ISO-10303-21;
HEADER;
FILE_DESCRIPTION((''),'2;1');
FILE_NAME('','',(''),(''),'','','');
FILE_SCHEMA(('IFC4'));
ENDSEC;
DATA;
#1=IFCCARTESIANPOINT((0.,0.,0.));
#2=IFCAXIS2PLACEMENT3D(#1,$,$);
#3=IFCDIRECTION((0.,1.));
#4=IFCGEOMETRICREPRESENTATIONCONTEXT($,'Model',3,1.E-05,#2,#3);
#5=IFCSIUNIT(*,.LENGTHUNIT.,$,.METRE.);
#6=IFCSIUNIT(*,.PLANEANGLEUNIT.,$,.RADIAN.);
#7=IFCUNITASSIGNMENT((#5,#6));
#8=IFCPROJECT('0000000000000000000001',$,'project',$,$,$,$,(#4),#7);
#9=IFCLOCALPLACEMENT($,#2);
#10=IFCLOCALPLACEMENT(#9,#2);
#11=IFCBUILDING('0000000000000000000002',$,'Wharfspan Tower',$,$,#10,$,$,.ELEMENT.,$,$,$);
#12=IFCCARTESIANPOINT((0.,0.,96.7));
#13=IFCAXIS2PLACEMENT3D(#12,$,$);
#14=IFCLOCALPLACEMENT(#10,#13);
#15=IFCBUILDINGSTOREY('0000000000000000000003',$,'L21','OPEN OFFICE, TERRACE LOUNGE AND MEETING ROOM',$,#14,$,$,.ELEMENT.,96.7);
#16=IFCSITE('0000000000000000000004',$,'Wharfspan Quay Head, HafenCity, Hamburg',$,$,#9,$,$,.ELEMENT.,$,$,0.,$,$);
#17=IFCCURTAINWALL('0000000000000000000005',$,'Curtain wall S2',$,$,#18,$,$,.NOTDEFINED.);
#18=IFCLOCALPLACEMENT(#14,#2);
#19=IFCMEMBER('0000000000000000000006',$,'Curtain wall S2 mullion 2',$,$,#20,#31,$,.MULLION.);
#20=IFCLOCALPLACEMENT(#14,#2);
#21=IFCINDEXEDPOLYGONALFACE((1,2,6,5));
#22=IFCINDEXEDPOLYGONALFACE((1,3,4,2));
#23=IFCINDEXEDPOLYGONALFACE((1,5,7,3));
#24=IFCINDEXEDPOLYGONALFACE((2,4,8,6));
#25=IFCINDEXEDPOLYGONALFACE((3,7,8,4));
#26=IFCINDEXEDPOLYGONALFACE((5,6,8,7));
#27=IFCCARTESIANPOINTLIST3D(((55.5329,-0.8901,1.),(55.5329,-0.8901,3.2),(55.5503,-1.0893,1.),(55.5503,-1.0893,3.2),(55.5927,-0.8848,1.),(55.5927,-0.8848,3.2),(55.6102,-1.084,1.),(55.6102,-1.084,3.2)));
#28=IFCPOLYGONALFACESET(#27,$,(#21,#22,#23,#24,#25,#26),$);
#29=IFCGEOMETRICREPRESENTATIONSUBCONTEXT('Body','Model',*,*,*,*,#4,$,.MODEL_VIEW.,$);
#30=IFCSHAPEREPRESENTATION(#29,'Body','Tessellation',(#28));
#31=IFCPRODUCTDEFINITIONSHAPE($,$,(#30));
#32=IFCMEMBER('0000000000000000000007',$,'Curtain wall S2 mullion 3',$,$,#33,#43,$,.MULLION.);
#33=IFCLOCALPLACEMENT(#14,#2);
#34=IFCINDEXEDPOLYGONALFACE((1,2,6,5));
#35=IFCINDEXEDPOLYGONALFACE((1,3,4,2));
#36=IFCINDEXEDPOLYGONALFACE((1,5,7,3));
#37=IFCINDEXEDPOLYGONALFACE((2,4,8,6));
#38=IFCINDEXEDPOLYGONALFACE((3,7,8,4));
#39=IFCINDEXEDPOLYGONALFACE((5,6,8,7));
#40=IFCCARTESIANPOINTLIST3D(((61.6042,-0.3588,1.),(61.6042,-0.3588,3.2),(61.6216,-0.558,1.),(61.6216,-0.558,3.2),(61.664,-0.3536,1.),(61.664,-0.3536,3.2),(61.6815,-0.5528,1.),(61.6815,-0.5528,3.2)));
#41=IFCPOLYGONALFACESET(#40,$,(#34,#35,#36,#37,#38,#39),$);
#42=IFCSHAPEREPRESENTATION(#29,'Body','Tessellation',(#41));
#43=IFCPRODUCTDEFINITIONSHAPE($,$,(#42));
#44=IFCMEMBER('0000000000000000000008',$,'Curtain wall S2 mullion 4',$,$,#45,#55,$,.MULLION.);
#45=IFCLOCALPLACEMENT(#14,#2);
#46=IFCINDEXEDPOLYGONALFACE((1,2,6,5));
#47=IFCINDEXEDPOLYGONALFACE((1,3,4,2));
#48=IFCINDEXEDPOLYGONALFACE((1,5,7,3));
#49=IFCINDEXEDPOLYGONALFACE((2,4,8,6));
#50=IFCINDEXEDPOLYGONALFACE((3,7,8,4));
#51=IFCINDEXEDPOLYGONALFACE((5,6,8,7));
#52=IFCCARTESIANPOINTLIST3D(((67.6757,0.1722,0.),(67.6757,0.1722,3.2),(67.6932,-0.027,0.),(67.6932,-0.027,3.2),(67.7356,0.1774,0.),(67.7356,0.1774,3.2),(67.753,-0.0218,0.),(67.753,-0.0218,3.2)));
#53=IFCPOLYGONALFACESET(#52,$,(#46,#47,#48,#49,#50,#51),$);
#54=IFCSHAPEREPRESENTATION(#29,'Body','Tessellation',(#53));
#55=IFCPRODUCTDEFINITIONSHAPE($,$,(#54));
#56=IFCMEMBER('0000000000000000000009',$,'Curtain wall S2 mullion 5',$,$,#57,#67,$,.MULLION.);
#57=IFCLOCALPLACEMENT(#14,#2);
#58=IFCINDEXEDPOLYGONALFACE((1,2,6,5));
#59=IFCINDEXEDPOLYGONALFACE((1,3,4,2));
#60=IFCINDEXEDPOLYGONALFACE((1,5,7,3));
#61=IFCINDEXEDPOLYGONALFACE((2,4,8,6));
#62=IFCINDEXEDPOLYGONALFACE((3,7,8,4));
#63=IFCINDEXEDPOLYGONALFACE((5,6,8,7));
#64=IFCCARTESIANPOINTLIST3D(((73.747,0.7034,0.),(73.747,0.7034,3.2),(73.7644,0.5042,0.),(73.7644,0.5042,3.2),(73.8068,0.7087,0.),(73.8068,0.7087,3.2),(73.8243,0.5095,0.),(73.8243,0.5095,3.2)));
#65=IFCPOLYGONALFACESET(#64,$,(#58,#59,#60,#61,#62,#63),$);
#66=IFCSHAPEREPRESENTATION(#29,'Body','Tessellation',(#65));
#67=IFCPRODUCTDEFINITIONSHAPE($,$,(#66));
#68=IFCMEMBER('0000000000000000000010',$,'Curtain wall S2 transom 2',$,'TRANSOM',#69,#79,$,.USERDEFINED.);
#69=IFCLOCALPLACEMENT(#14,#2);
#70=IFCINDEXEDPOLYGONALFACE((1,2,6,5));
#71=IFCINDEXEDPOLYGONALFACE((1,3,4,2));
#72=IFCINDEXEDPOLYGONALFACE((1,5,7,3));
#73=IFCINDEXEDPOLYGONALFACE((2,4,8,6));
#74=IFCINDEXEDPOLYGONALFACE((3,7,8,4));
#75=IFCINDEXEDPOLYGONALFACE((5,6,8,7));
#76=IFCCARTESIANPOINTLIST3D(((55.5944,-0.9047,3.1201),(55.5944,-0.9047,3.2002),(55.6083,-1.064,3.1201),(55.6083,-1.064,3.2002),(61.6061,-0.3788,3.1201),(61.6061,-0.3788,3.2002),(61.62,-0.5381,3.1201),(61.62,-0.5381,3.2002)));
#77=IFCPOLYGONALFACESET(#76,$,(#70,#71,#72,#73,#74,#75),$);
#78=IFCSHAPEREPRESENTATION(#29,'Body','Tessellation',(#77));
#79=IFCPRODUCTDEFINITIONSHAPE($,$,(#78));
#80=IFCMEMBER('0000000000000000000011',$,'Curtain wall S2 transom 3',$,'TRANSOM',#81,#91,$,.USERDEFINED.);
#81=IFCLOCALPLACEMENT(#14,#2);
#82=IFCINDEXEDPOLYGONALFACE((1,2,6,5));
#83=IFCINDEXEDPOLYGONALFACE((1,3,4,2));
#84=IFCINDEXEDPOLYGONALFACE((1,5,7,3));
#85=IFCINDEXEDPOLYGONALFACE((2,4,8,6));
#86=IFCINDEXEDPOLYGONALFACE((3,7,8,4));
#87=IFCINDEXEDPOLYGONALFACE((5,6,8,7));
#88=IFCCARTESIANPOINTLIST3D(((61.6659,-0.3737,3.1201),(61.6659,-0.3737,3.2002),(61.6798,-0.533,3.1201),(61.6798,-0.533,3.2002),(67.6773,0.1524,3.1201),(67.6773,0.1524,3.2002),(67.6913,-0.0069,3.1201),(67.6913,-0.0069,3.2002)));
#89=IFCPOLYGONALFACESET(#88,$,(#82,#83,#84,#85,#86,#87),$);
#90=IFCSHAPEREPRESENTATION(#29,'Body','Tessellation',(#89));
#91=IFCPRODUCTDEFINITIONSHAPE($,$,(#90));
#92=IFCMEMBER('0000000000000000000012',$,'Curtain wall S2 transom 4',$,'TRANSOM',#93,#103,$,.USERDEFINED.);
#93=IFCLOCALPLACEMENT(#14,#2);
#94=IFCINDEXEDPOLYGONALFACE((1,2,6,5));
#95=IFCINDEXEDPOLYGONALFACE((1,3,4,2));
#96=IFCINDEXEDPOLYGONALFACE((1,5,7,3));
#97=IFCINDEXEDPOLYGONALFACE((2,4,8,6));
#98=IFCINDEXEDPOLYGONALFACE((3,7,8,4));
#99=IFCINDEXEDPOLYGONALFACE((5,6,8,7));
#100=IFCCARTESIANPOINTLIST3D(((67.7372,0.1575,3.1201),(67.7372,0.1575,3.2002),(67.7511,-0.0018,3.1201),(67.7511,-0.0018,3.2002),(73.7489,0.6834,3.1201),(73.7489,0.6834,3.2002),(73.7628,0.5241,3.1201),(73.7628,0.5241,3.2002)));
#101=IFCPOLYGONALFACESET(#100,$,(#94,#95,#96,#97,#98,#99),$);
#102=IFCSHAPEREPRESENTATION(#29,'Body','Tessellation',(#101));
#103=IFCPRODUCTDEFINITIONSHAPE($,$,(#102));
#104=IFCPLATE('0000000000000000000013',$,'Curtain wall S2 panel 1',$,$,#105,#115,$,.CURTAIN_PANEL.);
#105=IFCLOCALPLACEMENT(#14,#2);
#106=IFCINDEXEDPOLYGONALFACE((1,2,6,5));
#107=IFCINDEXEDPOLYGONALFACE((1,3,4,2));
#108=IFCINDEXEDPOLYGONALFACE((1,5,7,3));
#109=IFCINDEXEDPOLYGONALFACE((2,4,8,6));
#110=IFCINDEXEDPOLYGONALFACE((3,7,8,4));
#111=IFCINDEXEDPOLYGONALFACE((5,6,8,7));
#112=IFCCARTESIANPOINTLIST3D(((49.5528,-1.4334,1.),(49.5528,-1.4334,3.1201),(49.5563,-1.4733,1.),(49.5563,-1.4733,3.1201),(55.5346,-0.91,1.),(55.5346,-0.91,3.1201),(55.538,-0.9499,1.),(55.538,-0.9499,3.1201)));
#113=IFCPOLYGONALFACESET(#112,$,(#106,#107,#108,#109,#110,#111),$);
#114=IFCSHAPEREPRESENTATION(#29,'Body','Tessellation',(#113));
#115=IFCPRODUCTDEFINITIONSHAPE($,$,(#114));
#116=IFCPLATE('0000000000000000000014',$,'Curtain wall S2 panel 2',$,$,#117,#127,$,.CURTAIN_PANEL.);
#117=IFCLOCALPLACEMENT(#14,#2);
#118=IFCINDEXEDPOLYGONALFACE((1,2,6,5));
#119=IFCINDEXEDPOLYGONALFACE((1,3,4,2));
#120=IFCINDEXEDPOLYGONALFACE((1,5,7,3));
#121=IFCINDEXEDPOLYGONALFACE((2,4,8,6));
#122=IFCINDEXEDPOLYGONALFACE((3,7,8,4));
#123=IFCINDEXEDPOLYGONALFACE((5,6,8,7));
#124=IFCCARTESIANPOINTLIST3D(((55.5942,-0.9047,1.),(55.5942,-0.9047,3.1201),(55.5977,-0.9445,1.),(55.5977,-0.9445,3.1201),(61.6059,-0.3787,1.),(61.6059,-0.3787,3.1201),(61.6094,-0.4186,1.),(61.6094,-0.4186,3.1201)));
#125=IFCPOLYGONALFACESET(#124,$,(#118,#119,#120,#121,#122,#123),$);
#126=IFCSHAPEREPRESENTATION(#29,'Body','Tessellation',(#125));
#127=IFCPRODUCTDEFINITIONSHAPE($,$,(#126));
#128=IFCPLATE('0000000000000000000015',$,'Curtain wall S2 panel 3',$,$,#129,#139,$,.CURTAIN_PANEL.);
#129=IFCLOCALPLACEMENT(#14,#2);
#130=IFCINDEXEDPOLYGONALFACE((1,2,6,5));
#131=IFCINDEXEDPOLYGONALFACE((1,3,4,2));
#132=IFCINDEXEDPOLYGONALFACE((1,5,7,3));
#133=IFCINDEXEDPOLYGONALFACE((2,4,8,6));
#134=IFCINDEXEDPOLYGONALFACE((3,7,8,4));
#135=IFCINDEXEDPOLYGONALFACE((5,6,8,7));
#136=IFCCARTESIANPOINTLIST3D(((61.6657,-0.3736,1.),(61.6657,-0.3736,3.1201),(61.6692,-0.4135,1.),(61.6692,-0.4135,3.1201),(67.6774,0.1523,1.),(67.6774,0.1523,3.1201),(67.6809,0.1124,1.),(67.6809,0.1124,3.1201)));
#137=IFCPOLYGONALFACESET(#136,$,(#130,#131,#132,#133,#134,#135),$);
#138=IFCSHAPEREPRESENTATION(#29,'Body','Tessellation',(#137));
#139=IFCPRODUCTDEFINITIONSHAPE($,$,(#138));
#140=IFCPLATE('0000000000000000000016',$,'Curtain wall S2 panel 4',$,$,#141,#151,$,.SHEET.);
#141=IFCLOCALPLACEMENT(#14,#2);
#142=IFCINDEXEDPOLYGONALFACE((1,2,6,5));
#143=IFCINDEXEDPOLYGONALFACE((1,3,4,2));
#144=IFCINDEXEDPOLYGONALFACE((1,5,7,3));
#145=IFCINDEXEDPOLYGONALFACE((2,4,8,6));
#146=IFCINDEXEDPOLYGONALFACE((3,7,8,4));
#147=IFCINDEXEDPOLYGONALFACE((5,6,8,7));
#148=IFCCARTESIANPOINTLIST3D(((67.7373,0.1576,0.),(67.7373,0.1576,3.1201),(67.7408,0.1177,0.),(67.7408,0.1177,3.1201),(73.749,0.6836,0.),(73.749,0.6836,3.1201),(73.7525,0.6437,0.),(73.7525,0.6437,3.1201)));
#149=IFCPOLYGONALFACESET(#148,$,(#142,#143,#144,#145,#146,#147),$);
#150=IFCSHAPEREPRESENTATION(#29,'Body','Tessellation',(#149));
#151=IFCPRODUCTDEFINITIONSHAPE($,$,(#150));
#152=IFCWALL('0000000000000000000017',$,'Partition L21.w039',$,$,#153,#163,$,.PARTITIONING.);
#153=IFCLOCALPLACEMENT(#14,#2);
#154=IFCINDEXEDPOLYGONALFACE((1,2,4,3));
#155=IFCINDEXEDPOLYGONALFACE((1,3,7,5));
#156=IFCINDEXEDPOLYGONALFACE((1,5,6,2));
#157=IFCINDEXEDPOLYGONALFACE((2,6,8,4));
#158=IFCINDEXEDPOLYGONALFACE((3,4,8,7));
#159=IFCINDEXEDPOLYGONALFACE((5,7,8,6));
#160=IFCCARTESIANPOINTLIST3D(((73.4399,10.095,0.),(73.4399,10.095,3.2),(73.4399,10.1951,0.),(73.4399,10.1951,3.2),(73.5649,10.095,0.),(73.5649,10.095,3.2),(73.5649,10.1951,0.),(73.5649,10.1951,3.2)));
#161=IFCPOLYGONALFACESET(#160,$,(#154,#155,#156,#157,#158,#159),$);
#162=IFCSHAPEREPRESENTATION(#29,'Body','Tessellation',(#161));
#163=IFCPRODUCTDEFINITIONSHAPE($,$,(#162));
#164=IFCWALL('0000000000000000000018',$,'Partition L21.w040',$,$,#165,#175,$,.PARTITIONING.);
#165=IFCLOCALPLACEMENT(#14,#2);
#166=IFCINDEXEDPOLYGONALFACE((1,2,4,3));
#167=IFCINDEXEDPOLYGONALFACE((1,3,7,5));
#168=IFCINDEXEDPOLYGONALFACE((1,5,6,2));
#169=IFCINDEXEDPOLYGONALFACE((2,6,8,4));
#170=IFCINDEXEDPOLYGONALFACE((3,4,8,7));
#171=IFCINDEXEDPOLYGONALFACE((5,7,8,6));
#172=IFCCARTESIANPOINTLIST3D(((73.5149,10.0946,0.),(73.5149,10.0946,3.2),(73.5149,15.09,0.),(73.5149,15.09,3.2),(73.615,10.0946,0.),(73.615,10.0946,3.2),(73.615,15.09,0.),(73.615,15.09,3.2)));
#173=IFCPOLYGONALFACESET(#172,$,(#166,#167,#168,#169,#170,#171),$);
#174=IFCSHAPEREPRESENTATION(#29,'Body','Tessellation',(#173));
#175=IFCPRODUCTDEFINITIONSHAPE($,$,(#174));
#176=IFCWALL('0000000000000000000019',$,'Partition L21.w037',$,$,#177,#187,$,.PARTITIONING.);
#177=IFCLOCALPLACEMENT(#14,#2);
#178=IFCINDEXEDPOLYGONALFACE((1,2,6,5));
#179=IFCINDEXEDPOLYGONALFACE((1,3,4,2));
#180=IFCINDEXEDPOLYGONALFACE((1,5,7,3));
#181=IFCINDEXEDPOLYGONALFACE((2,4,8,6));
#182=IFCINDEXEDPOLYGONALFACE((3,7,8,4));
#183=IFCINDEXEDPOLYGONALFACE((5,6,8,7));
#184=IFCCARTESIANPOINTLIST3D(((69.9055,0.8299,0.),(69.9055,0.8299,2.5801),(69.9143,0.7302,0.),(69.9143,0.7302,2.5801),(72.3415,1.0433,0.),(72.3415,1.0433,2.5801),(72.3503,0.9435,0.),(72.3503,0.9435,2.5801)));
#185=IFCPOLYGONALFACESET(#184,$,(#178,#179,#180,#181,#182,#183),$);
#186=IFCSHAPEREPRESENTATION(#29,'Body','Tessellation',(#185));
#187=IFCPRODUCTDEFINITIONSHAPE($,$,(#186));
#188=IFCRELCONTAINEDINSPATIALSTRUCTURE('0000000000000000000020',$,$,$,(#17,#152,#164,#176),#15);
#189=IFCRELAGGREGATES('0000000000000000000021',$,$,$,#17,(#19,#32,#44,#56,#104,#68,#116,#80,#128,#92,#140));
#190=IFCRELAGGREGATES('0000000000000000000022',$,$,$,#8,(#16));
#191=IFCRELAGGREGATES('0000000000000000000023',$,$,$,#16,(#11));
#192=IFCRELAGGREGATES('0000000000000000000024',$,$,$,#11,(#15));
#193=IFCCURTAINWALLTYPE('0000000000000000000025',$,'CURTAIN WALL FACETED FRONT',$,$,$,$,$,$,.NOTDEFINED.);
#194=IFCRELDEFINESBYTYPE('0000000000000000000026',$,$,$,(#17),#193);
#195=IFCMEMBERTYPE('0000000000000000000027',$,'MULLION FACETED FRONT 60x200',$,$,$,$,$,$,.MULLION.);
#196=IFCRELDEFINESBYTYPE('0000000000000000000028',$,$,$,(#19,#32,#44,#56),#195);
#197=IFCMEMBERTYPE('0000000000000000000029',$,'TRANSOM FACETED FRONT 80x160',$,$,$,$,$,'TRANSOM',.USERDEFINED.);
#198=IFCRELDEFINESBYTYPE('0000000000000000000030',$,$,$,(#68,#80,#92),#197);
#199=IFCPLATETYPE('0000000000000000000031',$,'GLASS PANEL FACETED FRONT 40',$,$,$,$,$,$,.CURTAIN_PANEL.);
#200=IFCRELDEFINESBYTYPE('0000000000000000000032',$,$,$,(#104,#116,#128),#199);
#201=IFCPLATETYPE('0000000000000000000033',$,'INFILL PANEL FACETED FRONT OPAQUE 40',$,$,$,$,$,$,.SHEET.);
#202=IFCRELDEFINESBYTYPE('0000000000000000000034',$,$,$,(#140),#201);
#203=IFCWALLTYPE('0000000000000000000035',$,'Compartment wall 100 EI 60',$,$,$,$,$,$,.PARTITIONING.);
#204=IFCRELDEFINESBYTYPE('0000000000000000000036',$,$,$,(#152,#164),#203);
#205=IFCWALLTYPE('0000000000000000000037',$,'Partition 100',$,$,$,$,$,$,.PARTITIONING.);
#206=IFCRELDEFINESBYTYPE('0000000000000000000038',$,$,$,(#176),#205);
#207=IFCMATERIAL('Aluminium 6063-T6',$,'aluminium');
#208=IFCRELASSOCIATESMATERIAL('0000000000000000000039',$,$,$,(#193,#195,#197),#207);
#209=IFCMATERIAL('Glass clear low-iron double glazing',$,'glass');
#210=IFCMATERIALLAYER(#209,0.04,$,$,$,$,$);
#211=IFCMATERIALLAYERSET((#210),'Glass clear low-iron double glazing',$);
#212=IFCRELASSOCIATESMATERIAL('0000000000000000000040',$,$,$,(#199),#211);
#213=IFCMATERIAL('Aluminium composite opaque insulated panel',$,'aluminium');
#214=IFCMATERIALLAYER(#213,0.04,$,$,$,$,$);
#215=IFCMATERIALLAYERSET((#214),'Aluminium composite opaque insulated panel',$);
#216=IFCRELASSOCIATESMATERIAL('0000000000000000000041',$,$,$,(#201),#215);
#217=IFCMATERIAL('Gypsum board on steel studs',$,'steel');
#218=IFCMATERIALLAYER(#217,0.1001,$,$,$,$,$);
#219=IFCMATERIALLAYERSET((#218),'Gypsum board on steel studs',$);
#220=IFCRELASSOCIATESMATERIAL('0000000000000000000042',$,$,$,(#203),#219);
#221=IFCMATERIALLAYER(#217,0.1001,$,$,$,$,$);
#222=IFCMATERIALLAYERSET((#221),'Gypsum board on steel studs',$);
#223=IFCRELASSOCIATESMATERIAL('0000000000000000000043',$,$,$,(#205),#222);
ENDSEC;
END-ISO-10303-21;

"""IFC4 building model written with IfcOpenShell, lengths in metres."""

from ifc_helpers import new_model, si_unit, direction, frame, frame_2d, origin, origin_2d, place, context, subcontext, project, spatial, rectangle, extrude, material, layer, layer_set, material_profile, profile_set, type_object, element, aggregate, save


model = new_model("IFC4")

# Units and contexts
model_context = context("Model", 3, precision=1e-05, world=origin(), true_north=direction((0.0, 1.0)))
body_context = subcontext(model_context, "Body", "Model", "MODEL_VIEW")
ifc_project = project(units=[si_unit("LENGTHUNIT", "METRE"), si_unit("PLANEANGLEUNIT", "RADIAN")], contexts=[model_context])

# Site, building, storey
site_placement = place(None, origin())
site = spatial("IfcSite", under=ifc_project, at=site_placement, Name="Wharfspan Quay Head, HafenCity, Hamburg", CompositionType="ELEMENT", RefElevation=0.0)
building_placement = place(site_placement, origin())
building = spatial("IfcBuilding", under=site, at=building_placement, Name="Wharfspan Tower", CompositionType="ELEMENT")
storey_placement = place(building_placement, frame((0.0, 0.0, 96.7)))
storey = spatial("IfcBuildingStorey", under=building, at=storey_placement, Name="L21", Description="OPEN OFFICE, TERRACE LOUNGE AND MEETING ROOM", CompositionType="ELEMENT", Elevation=96.7)

# Curtain wall, members, plates
ifc_material_1 = material(Name="Aluminium 6063-T6", Category="aluminium")
curtain_wall_type = type_object("IfcCurtainWallType", Name="CURTAIN WALL FACETED FRONT", PredefinedType="NOTDEFINED", material=ifc_material_1)
curtain_wall_placement = place(storey_placement, origin())
curtain_wall = element("IfcCurtainWall", 1, at=curtain_wall_placement, inside=storey, type_object=curtain_wall_type, Name="Curtain wall S2", PredefinedType="NOTDEFINED")
ifc_material_profile_1 = material_profile(ifc_material_1, rectangle(XDim=0.2, YDim=0.0601, at=origin_2d()))
ifc_profile_set_1 = profile_set([ifc_material_profile_1], Name="Aluminium 6063-T6")
member_type_1 = type_object("IfcMemberType", Name="MULLION FACETED FRONT 60x200", PredefinedType="MULLION", material=ifc_profile_set_1)
member_1_placement = place(storey_placement, frame((55.5715, -0.9871, 1.0), z_axis=(0.0, 0.0, 1.0), x_axis=(-0.087156, 0.996198, 0.0)))
member_1 = element("IfcMember", 2, at=member_1_placement, type_object=member_type_1, Name="Curtain wall S2 mullion 2", PredefinedType="MULLION", context=body_context, shape_type="SweptSolid", body=[
    extrude(rectangle(XDim=0.2, YDim=0.0601, at=origin_2d()), origin(), (0.0, 0.0, 1.0), 2.2),
])
member_2_placement = place(storey_placement, frame((61.6428, -0.4558, 1.0), z_axis=(0.0, 0.0, 1.0), x_axis=(-0.087156, 0.996198, 0.0)))
member_2 = element("IfcMember", 3, at=member_2_placement, type_object=member_type_1, Name="Curtain wall S2 mullion 3", PredefinedType="MULLION", context=body_context, shape_type="SweptSolid", body=[
    extrude(rectangle(XDim=0.2, YDim=0.0601, at=origin_2d()), origin(), (0.0, 0.0, 1.0), 2.2),
])
member_3_placement = place(storey_placement, frame((67.7144, 0.0752, 0.0), z_axis=(0.0, 0.0, 1.0), x_axis=(-0.087156, 0.996198, 0.0)))
member_3 = element("IfcMember", 4, at=member_3_placement, type_object=member_type_1, Name="Curtain wall S2 mullion 4", PredefinedType="MULLION", context=body_context, shape_type="SweptSolid", body=[
    extrude(rectangle(XDim=0.2, YDim=0.0601, at=origin_2d()), origin(), (0.0, 0.0, 1.0), 3.2),
])
member_4_placement = place(storey_placement, frame((73.7856, 0.6064, 0.0), z_axis=(0.0, 0.0, 1.0), x_axis=(-0.087156, 0.996198, 0.0)))
member_4 = element("IfcMember", 5, at=member_4_placement, type_object=member_type_1, Name="Curtain wall S2 mullion 5", PredefinedType="MULLION", context=body_context, shape_type="SweptSolid", body=[
    extrude(rectangle(XDim=0.2, YDim=0.0601, at=origin_2d()), origin(), (0.0, 0.0, 1.0), 3.2),
])
ifc_material_profile_2 = material_profile(ifc_material_1, rectangle(XDim=0.1599, YDim=0.0801, at=origin_2d()))
ifc_profile_set_2 = profile_set([ifc_material_profile_2], Name="Aluminium 6063-T6")
member_type_2 = type_object("IfcMemberType", Name="TRANSOM FACETED FRONT 80x160", ElementType="TRANSOM", PredefinedType="USERDEFINED", material=ifc_profile_set_2)
member_5_placement = place(storey_placement, frame((55.6013, -0.9844, 3.1602), z_axis=(0.996196, 0.087143, 0.0), x_axis=(-0.087143, 0.996196, 0.0)))
member_5 = element("IfcMember", 6, at=member_5_placement, type_object=member_type_2, Name="Curtain wall S2 transom 2", ObjectType="TRANSOM", PredefinedType="USERDEFINED", context=body_context, shape_type="SweptSolid", body=[
    extrude(rectangle(XDim=0.1599, YDim=0.0801, at=origin_2d()), origin(), (0.0, 0.0, 1.0), 6.0347),
])
member_6_placement = place(storey_placement, frame((61.6729, -0.4534, 3.1602), z_axis=(0.996192, 0.087187, 0.0), x_axis=(-0.087187, 0.996192, 0.0)))
member_6 = element("IfcMember", 7, at=member_6_placement, type_object=member_type_2, Name="Curtain wall S2 transom 3", ObjectType="TRANSOM", PredefinedType="USERDEFINED", context=body_context, shape_type="SweptSolid", body=[
    extrude(rectangle(XDim=0.1599, YDim=0.0801, at=origin_2d()), origin(), (0.0, 0.0, 1.0), 6.0344),
])
member_7_placement = place(storey_placement, frame((67.7441, 0.0779, 3.1602), z_axis=(0.996196, 0.087143, 0.0), x_axis=(-0.087143, 0.996196, 0.0)))
member_7 = element("IfcMember", 8, at=member_7_placement, type_object=member_type_2, Name="Curtain wall S2 transom 4", ObjectType="TRANSOM", PredefinedType="USERDEFINED", context=body_context, shape_type="SweptSolid", body=[
    extrude(rectangle(XDim=0.1599, YDim=0.0801, at=origin_2d()), origin(), (0.0, 0.0, 1.0), 6.0347),
])
ifc_material_2 = material(Name="Glass clear low-iron double glazing", Category="glass")
ifc_layer_1 = layer(ifc_material_2, 0.04)
ifc_layer_set_1 = layer_set([ifc_layer_1], Name="Glass clear low-iron double glazing")
plate_type_1 = type_object("IfcPlateType", Name="GLASS PANEL FACETED FRONT 40", PredefinedType="CURTAIN_PANEL", material=ifc_layer_set_1)
plate_1_placement = place(storey_placement, frame((52.5454, -1.1917, 1.0), z_axis=(0.0, 0.0, 1.0), x_axis=(0.996198, 0.087156, 0.0)))
plate_1 = element("IfcPlate", 9, at=plate_1_placement, type_object=plate_type_1, Name="Curtain wall S2 panel 1", PredefinedType="CURTAIN_PANEL", context=body_context, shape_type="SweptSolid", body=[
    extrude(rectangle(XDim=6.0046, YDim=0.04, at=origin_2d()), origin(), (0.0, 0.0, 1.0), 2.1201),
])
plate_2_placement = place(storey_placement, frame((58.6018, -0.6616, 1.0), z_axis=(0.0, 0.0, 1.0), x_axis=(0.996198, 0.087156, 0.0)))
plate_2 = element("IfcPlate", 10, at=plate_2_placement, type_object=plate_type_1, Name="Curtain wall S2 panel 2", PredefinedType="CURTAIN_PANEL", context=body_context, shape_type="SweptSolid", body=[
    extrude(rectangle(XDim=6.0347, YDim=0.04, at=origin_2d()), origin(), (0.0, 0.0, 1.0), 2.1201),
])
plate_3_placement = place(storey_placement, frame((64.6733, -0.1306, 1.0), z_axis=(0.0, 0.0, 1.0), x_axis=(0.996198, 0.087156, 0.0)))
plate_3 = element("IfcPlate", 11, at=plate_3_placement, type_object=plate_type_1, Name="Curtain wall S2 panel 3", PredefinedType="CURTAIN_PANEL", context=body_context, shape_type="SweptSolid", body=[
    extrude(rectangle(XDim=6.0347, YDim=0.04, at=origin_2d()), origin(), (0.0, 0.0, 1.0), 2.1201),
])
ifc_material_3 = material(Name="Aluminium composite opaque insulated panel", Category="aluminium")
ifc_layer_2 = layer(ifc_material_3, 0.04)
ifc_layer_set_2 = layer_set([ifc_layer_2], Name="Aluminium composite opaque insulated panel")
plate_type_2 = type_object("IfcPlateType", Name="INFILL PANEL FACETED FRONT OPAQUE 40", PredefinedType="SHEET", material=ifc_layer_set_2)
plate_4_placement = place(storey_placement, frame((70.7449, 0.4006, 0.0), z_axis=(0.0, 0.0, 1.0), x_axis=(0.996198, 0.087156, 0.0)))
plate_4 = element("IfcPlate", 12, at=plate_4_placement, type_object=plate_type_2, Name="Curtain wall S2 panel 4", PredefinedType="SHEET", context=body_context, shape_type="SweptSolid", body=[
    extrude(rectangle(XDim=6.0347, YDim=0.04, at=origin_2d()), origin(), (0.0, 0.0, 1.0), 3.1201),
])
aggregate(curtain_wall, [member_1, member_2, member_3, member_4, plate_1, member_5, plate_2, member_6, plate_3, member_7, plate_4])

# Walls
ifc_material_4 = material(Name="Gypsum board on steel studs", Category="steel")
ifc_layer_3 = layer(ifc_material_4, 0.1001)
ifc_layer_set_3 = layer_set([ifc_layer_3], Name="Gypsum board on steel studs")
wall_type_1 = type_object("IfcWallType", Name="Compartment wall 100 EI 60", PredefinedType="PARTITIONING", material=ifc_layer_set_3)
wall_1_placement = place(storey_placement, frame((73.4399, 10.145, 0.0), z_axis=(0.0, 0.0, 1.0), x_axis=(1.0, 0.0, 0.0)))
element("IfcWall", 13, at=wall_1_placement, inside=storey, type_object=wall_type_1, Name="Partition L21.w039", PredefinedType="PARTITIONING", context=body_context, shape_type="SweptSolid", body=[
    extrude(rectangle(XDim=0.125, YDim=0.1001, at=frame_2d((0.0625, 0.0))), origin(), (0.0, 0.0, 1.0), 3.2),
])
wall_2_placement = place(storey_placement, frame((73.5649, 10.0947, 0.0), z_axis=(0.0, 0.0, 1.0), x_axis=(0.0, 1.0, 0.0)))
element("IfcWall", 14, at=wall_2_placement, inside=storey, type_object=wall_type_1, Name="Partition L21.w040", PredefinedType="PARTITIONING", context=body_context, shape_type="SweptSolid", body=[
    extrude(rectangle(XDim=4.9954, YDim=0.1001, at=frame_2d((2.4976, 0.0))), origin(), (0.0, 0.0, 1.0), 3.2),
])
ifc_layer_4 = layer(ifc_material_4, 0.1001)
ifc_layer_set_4 = layer_set([ifc_layer_4], Name="Gypsum board on steel studs")
wall_type_2 = type_object("IfcWallType", Name="Partition 100", PredefinedType="PARTITIONING", material=ifc_layer_set_4)
wall_3_placement = place(storey_placement, frame((69.9099, 0.78, 0.0), z_axis=(0.0, 0.0, 1.0), x_axis=(0.99619, 0.087259, 0.0)))
element("IfcWall", 15, at=wall_3_placement, inside=storey, type_object=wall_type_2, Name="Partition L21.w037", PredefinedType="PARTITIONING", context=body_context, shape_type="SweptSolid", body=[
    extrude(rectangle(XDim=2.4453, YDim=0.1001, at=frame_2d((1.2227, 0.0))), origin(), (0.0, 0.0, 1.0), 2.5801),
])

save(model, "model.ifc")
